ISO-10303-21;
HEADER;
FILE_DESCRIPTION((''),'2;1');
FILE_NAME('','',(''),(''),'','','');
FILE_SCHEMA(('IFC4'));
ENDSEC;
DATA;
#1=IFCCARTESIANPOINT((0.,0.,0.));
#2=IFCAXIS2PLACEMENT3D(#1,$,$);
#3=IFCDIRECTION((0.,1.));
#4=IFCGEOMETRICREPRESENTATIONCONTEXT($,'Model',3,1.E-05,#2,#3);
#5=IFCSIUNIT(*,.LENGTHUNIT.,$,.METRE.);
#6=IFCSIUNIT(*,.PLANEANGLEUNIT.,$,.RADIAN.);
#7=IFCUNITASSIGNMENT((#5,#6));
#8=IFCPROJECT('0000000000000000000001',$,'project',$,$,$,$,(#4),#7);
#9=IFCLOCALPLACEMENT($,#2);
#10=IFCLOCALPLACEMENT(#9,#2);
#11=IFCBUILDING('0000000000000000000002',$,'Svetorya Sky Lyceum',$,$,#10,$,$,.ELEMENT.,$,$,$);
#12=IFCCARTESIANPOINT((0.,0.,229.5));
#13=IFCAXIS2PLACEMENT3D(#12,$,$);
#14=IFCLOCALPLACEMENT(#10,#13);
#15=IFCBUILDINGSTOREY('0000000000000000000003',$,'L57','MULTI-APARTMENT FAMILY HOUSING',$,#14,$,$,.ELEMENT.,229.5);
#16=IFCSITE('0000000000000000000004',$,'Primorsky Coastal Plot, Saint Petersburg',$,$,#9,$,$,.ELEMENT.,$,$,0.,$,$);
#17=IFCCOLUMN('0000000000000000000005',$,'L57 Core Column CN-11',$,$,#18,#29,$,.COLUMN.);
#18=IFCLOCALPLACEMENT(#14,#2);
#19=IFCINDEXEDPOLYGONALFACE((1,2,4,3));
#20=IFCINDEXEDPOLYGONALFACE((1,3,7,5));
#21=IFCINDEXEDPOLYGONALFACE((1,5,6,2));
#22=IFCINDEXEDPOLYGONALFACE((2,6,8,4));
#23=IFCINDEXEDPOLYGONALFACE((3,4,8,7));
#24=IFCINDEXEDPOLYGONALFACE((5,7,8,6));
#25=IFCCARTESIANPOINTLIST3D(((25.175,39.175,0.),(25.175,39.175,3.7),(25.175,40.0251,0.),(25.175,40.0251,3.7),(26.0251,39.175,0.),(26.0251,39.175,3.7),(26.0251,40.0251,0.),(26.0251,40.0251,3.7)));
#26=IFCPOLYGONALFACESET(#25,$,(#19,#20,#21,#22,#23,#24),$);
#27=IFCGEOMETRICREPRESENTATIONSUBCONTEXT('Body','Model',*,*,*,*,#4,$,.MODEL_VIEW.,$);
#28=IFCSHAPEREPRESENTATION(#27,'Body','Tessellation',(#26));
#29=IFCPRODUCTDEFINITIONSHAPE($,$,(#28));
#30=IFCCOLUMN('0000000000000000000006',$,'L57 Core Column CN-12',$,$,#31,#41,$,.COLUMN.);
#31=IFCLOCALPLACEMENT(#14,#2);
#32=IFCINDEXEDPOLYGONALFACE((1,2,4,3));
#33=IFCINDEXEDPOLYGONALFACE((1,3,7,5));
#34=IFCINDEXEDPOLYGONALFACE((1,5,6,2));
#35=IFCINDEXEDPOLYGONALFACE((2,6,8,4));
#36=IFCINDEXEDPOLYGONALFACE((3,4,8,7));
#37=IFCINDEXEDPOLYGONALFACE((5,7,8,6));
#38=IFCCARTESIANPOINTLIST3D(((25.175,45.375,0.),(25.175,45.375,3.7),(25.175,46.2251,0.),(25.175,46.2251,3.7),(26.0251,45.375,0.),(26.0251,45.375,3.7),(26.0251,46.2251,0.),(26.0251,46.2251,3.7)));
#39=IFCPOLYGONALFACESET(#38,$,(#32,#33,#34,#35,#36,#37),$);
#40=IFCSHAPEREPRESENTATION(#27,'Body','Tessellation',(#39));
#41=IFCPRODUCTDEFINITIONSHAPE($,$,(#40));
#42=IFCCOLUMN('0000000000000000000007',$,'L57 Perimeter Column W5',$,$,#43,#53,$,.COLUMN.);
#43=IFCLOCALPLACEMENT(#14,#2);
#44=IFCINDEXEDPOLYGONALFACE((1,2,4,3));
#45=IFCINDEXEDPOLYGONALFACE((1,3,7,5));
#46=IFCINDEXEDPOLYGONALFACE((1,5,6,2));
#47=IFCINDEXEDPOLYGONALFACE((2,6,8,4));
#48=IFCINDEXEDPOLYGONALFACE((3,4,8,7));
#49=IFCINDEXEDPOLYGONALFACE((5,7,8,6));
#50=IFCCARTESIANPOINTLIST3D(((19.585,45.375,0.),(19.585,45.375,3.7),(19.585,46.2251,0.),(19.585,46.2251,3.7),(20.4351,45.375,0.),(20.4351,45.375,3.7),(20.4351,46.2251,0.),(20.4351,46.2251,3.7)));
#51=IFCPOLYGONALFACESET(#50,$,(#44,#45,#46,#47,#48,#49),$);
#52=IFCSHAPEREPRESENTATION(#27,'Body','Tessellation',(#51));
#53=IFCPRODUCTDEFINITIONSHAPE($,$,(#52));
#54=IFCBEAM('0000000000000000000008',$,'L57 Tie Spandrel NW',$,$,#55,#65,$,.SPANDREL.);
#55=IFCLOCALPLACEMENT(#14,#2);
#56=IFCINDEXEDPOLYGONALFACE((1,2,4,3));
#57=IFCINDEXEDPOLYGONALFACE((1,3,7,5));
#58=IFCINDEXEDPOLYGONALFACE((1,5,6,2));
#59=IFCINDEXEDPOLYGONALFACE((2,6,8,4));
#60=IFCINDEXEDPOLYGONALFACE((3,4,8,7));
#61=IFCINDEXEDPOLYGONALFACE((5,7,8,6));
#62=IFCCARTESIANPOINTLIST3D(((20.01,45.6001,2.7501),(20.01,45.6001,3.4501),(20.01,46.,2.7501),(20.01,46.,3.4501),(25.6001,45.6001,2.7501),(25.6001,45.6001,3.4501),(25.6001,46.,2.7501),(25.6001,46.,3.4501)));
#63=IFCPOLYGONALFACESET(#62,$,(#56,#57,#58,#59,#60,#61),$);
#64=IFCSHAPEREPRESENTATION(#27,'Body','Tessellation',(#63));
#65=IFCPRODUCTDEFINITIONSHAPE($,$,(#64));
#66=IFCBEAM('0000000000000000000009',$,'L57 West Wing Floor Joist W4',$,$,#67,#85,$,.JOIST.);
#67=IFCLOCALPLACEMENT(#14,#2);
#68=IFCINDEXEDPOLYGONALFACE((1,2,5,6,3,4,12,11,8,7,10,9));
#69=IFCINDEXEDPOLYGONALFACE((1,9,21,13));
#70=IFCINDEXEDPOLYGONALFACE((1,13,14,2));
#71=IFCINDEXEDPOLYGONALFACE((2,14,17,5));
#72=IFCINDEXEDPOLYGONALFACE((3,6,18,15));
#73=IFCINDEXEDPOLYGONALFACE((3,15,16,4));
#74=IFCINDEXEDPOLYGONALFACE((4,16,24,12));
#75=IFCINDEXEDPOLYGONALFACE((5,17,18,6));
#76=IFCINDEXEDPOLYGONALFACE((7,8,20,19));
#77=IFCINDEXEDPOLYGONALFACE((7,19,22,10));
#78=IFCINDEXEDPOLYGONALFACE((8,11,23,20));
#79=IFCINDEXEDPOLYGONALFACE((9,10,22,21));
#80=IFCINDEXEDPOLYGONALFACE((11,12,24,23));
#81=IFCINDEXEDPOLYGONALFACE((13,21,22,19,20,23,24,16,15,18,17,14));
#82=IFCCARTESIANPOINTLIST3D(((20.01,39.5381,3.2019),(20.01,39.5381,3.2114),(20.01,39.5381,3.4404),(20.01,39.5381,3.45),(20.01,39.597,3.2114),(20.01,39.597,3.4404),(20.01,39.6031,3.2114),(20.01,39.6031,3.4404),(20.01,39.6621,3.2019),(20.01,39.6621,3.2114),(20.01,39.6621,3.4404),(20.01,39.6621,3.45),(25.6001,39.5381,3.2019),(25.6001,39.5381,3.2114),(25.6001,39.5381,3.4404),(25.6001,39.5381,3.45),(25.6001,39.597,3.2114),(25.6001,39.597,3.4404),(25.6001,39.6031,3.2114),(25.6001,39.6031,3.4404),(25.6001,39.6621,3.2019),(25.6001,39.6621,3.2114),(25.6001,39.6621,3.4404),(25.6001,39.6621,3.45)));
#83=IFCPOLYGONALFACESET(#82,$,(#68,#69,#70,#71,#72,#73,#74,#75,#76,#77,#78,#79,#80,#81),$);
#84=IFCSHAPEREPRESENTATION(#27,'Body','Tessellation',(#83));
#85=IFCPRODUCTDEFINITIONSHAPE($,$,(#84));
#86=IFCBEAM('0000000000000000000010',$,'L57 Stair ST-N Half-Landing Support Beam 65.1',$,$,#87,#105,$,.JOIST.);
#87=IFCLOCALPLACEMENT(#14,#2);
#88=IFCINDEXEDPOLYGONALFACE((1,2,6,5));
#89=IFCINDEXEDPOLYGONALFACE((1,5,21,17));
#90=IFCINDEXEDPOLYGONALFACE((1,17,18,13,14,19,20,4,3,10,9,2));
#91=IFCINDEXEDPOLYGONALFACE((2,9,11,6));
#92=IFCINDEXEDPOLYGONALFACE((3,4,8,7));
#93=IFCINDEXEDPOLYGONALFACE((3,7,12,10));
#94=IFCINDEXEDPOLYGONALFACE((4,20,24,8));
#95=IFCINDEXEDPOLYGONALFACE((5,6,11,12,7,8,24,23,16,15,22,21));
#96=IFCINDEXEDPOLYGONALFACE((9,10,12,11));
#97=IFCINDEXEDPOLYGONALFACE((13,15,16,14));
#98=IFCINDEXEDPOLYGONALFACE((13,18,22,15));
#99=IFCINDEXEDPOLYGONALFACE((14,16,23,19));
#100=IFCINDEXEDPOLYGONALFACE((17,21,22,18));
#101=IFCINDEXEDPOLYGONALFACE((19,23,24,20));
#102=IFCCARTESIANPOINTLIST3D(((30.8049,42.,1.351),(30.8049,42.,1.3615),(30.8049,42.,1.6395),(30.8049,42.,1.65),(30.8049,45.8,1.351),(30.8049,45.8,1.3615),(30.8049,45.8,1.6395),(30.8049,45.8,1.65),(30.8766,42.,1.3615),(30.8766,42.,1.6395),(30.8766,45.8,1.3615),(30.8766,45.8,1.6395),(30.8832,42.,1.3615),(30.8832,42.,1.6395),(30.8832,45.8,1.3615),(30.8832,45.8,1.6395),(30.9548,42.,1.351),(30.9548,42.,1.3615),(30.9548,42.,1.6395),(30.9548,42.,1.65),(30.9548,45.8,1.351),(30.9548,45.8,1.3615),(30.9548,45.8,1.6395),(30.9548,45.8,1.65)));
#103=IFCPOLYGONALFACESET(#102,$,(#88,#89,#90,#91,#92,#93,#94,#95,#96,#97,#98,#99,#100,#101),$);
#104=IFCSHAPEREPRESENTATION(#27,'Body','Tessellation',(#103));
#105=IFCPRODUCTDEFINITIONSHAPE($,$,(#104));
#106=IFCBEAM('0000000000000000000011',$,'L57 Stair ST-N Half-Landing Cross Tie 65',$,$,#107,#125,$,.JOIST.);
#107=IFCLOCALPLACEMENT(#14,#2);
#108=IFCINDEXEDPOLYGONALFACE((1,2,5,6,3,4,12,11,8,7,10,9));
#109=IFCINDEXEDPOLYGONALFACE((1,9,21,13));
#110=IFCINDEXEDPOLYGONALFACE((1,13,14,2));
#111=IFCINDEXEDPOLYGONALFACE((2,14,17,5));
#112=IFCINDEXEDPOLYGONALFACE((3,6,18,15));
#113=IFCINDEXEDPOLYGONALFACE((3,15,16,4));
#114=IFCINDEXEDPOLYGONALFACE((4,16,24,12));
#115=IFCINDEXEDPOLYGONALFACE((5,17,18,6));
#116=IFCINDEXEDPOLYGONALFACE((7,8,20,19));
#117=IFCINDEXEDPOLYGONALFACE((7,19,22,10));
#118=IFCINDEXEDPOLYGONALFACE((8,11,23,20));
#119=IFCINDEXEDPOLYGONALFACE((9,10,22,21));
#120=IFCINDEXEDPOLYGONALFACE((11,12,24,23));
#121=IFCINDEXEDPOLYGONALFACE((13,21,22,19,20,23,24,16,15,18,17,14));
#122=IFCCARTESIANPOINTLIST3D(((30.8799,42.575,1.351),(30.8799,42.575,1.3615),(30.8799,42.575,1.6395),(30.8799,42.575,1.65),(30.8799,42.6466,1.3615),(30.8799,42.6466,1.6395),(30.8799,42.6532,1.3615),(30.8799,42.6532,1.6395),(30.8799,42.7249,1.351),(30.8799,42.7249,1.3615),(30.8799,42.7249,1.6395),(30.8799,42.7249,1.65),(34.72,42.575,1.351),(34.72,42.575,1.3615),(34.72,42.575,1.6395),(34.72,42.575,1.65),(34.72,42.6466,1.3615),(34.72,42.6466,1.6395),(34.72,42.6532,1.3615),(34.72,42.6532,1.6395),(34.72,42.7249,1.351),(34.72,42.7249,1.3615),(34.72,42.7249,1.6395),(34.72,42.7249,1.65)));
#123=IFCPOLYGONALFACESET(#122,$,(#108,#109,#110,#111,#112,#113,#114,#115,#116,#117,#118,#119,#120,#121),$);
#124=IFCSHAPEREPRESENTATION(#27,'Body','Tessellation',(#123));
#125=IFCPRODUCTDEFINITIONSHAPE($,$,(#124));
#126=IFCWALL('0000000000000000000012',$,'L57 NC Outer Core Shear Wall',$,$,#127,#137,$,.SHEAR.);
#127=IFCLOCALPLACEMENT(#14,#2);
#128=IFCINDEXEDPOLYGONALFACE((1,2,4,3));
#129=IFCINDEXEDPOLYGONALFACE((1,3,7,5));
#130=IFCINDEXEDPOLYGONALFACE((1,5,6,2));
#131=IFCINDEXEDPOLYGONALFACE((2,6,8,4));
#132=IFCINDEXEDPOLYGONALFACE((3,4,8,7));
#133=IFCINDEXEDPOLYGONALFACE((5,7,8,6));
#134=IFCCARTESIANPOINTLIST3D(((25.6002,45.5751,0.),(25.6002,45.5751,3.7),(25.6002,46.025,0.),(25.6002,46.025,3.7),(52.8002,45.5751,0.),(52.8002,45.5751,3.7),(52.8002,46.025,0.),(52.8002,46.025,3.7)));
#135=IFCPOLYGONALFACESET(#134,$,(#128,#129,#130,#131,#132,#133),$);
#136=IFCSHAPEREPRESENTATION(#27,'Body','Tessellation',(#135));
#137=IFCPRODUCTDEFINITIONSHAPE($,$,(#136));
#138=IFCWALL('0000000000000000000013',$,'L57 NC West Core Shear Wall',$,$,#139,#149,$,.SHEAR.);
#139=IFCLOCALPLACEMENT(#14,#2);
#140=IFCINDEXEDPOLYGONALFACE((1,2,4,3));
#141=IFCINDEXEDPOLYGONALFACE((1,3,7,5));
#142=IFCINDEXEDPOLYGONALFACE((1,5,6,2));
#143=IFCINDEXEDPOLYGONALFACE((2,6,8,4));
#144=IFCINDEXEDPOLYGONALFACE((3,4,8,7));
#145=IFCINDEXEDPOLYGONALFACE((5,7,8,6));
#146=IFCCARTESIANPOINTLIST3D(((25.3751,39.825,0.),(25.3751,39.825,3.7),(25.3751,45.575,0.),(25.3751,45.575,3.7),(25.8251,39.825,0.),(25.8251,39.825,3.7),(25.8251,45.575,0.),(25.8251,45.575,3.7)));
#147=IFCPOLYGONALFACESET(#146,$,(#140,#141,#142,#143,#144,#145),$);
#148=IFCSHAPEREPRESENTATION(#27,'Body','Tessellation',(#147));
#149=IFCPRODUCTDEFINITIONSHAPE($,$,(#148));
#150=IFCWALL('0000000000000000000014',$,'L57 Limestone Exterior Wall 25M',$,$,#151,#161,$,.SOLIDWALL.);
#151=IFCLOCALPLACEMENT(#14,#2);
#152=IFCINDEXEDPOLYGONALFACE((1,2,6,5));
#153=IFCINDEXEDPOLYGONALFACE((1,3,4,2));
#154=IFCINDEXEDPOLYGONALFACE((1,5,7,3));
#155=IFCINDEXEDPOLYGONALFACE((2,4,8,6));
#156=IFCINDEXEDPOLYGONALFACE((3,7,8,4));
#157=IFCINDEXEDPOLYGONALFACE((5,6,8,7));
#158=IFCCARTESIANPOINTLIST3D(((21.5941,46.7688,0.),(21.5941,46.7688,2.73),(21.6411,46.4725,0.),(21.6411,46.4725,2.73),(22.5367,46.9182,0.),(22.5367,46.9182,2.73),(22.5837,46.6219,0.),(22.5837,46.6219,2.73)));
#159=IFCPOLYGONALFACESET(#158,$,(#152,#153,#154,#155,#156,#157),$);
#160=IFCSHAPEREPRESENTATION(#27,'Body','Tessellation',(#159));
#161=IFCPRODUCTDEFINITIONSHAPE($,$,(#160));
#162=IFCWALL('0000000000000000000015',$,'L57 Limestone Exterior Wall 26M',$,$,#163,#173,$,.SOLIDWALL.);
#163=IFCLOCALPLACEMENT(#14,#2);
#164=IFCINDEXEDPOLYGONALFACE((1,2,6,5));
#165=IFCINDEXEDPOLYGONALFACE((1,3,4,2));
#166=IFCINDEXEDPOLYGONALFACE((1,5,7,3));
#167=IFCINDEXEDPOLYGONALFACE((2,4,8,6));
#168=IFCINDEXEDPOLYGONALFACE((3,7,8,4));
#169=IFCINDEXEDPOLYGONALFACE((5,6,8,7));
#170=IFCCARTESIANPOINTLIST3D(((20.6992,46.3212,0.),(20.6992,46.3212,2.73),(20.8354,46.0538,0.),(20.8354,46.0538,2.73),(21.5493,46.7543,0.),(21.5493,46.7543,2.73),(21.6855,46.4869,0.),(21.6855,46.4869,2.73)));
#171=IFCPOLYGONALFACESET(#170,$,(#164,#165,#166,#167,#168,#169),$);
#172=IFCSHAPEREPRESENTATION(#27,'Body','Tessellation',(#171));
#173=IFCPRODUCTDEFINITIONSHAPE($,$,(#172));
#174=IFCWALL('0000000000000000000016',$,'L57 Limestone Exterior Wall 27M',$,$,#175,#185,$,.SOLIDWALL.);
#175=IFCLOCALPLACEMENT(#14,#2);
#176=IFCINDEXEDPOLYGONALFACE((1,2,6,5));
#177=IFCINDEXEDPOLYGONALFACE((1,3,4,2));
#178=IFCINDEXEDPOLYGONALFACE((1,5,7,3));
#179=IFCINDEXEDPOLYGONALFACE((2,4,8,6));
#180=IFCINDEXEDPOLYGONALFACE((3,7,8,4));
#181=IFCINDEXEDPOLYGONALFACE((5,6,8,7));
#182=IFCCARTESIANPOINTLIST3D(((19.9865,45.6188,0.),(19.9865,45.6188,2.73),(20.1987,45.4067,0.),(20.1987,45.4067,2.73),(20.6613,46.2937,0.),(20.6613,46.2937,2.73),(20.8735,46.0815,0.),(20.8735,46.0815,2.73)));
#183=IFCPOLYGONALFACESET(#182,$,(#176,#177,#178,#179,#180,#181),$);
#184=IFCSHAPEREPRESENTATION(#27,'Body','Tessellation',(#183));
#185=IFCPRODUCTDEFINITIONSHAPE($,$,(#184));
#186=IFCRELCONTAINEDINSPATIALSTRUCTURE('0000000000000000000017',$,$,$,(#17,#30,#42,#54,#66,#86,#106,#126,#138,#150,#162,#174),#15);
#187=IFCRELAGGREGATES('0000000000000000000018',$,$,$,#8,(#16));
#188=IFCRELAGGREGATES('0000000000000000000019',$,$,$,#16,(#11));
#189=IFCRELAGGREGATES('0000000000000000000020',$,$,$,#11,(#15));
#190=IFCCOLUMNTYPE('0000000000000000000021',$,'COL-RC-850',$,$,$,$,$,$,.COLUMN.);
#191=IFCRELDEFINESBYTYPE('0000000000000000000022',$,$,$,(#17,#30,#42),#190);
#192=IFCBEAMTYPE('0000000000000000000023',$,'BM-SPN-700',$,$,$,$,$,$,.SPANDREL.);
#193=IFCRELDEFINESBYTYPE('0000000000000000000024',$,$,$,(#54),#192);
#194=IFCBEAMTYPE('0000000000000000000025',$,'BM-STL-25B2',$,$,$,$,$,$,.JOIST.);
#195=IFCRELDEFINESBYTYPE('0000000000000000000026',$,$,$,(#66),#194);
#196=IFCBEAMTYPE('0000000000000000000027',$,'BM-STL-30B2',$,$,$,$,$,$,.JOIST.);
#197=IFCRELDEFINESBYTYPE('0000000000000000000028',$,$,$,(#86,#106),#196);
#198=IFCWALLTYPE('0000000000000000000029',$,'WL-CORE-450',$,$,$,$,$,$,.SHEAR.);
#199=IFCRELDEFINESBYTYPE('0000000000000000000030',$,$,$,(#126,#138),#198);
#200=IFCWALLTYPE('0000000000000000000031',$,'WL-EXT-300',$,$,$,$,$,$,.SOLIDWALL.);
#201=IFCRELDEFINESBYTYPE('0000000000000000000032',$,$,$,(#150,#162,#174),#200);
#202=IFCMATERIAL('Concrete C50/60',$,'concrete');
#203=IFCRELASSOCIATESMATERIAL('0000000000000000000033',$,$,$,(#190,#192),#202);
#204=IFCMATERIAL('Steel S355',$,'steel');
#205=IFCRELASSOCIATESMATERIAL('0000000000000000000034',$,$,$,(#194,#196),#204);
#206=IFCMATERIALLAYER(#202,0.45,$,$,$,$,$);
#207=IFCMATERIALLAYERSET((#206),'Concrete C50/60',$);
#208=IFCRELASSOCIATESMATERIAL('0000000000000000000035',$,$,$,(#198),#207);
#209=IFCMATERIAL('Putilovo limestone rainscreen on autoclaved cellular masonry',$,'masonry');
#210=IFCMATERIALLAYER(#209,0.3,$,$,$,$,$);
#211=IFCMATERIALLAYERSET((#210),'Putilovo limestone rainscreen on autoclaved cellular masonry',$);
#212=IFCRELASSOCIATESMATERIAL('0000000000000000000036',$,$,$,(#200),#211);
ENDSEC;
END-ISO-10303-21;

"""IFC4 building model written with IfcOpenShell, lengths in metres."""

from ifc_helpers import new_model, si_unit, direction, frame, frame_2d, origin, origin_2d, place, context, subcontext, project, spatial, rectangle, i_section, extrude, material, layer, layer_set, material_profile, profile_set, type_object, element, save


model = new_model("IFC4")

# Units and contexts
model_context = context("Model", 3, precision=1e-05, world=origin(), true_north=direction((0.0, 1.0)))
body_context = subcontext(model_context, "Body", "Model", "MODEL_VIEW")
ifc_project = project(units=[si_unit("LENGTHUNIT", "METRE"), si_unit("PLANEANGLEUNIT", "RADIAN")], contexts=[model_context])

# Site, building, storey
site_placement = place(None, origin())
site = spatial("IfcSite", under=ifc_project, at=site_placement, Name="Primorsky Coastal Plot, Saint Petersburg", CompositionType="ELEMENT", RefElevation=0.0)
building_placement = place(site_placement, origin())
building = spatial("IfcBuilding", under=site, at=building_placement, Name="Svetorya Sky Lyceum", CompositionType="ELEMENT")
storey_placement = place(building_placement, frame((0.0, 0.0, 229.5)))
storey = spatial("IfcBuildingStorey", under=building, at=storey_placement, Name="L57", Description="MULTI-APARTMENT FAMILY HOUSING", CompositionType="ELEMENT", Elevation=229.5)

# Columns
ifc_material_1 = material(Name="Concrete C50/60", Category="concrete")
ifc_material_profile_1 = material_profile(ifc_material_1, rectangle(XDim=0.8501, YDim=0.8501, at=origin_2d()), Name="RC COL 850x850")
ifc_profile_set_1 = profile_set([ifc_material_profile_1], Name="Concrete C50/60")
column_type = type_object("IfcColumnType", Name="COL-RC-850", PredefinedType="COLUMN", material=ifc_profile_set_1)
for number, where, z_axis, x_axis, name in (
    (1, (25.6001, 39.6001, 0.0), (0.0, 0.0, 1.0), (1.0, 0.0, 0.0), "L57 Core Column CN-11"),
    (2, (25.6001, 45.8, 0.0), (0.0, 0.0, 1.0), (1.0, 0.0, 0.0), "L57 Core Column CN-12"),
    (3, (20.01, 45.8, 0.0), (0.0, 0.0, 1.0), (1.0, 0.0, 0.0), "L57 Perimeter Column W5"),
):
    element("IfcColumn", number, at=place(storey_placement, frame(where, z_axis=z_axis, x_axis=x_axis)), inside=storey, type_object=column_type, Name=name, PredefinedType="COLUMN", context=body_context, shape_type="SweptSolid", body=[
        extrude(rectangle(XDim=0.8501, YDim=0.8501, at=origin_2d()), origin(), (0.0, 0.0, 1.0), 3.7),
    ])

# Beams
ifc_material_profile_2 = material_profile(ifc_material_1, rectangle(XDim=0.3999, YDim=0.7, at=origin_2d()), Name="RC SPANDREL 400x700")
ifc_profile_set_2 = profile_set([ifc_material_profile_2], Name="Concrete C50/60")
beam_type_1 = type_object("IfcBeamType", Name="BM-SPN-700", PredefinedType="SPANDREL", material=ifc_profile_set_2)
beam_1_placement = place(storey_placement, frame((20.01, 45.8, 3.1001), z_axis=(1.0, 0.0, 0.0), x_axis=(0.0, 1.0, 0.0)))
element("IfcBeam", 4, at=beam_1_placement, inside=storey, type_object=beam_type_1, Name="L57 Tie Spandrel NW", PredefinedType="SPANDREL", context=body_context, shape_type="SweptSolid", body=[
    extrude(rectangle(XDim=0.3999, YDim=0.7, at=origin_2d()), origin(), (0.0, 0.0, 1.0), 5.5901),
])
ifc_material_2 = material(Name="Steel S355", Category="steel")
ifc_material_profile_3 = material_profile(ifc_material_2, i_section(OverallWidth=0.124, OverallDepth=0.248, WebThickness=0.0061, FlangeThickness=0.0095, at=origin_2d()), Name="GOST 25B2")
ifc_profile_set_3 = profile_set([ifc_material_profile_3], Name="Steel S355")
beam_type_2 = type_object("IfcBeamType", Name="BM-STL-25B2", PredefinedType="JOIST", material=ifc_profile_set_3)
beam_2_placement = place(storey_placement, frame((20.01, 39.6001, 3.3259), z_axis=(1.0, 0.0, 0.0), x_axis=(0.0, 1.0, 0.0)))
element("IfcBeam", 5, at=beam_2_placement, inside=storey, type_object=beam_type_2, Name="L57 West Wing Floor Joist W4", PredefinedType="JOIST", context=body_context, shape_type="SweptSolid", body=[
    extrude(i_section(OverallWidth=0.124, OverallDepth=0.248, WebThickness=0.0061, FlangeThickness=0.0095, at=origin_2d()), origin(), (0.0, 0.0, 1.0), 5.5901),
])
ifc_material_profile_4 = material_profile(ifc_material_2, i_section(OverallWidth=0.1499, OverallDepth=0.2991, WebThickness=0.0066, FlangeThickness=0.0105, at=origin_2d()), Name="GOST 30B2")
ifc_profile_set_4 = profile_set([ifc_material_profile_4], Name="Steel S355")
beam_type_3 = type_object("IfcBeamType", Name="BM-STL-30B2", PredefinedType="JOIST", material=ifc_profile_set_4)
beam_3_placement = place(storey_placement, frame((30.8799, 42.0, 1.5005), z_axis=(0.0, 1.0, 0.0), x_axis=(-1.0, 0.0, 0.0)))
element("IfcBeam", 6, at=beam_3_placement, inside=storey, type_object=beam_type_3, Name="L57 Stair ST-N Half-Landing Support Beam 65.1", PredefinedType="JOIST", context=body_context, shape_type="SweptSolid", body=[
    extrude(i_section(OverallWidth=0.1499, OverallDepth=0.2991, WebThickness=0.0066, FlangeThickness=0.0105, at=origin_2d()), origin(), (0.0, 0.0, 1.0), 3.8),
])
beam_4_placement = place(storey_placement, frame((30.8799, 42.6499, 1.5005), z_axis=(1.0, 0.0, 0.0), x_axis=(0.0, 1.0, 0.0)))
element("IfcBeam", 7, at=beam_4_placement, inside=storey, type_object=beam_type_3, Name="L57 Stair ST-N Half-Landing Cross Tie 65", PredefinedType="JOIST", context=body_context, shape_type="SweptSolid", body=[
    extrude(i_section(OverallWidth=0.1499, OverallDepth=0.2991, WebThickness=0.0066, FlangeThickness=0.0105, at=origin_2d()), origin(), (0.0, 0.0, 1.0), 3.8401),
])

# Walls
ifc_layer_1 = layer(ifc_material_1, 0.45)
ifc_layer_set_1 = layer_set([ifc_layer_1], Name="Concrete C50/60")
wall_type_1 = type_object("IfcWallType", Name="WL-CORE-450", PredefinedType="SHEAR", material=ifc_layer_set_1)
wall_1_placement = place(storey_placement, frame((25.6001, 45.8, 0.0), z_axis=(0.0, 0.0, 1.0), x_axis=(1.0, 0.0, 0.0)))
element("IfcWall", 8, at=wall_1_placement, inside=storey, type_object=wall_type_1, Name="L57 NC Outer Core Shear Wall", PredefinedType="SHEAR", context=body_context, shape_type="SweptSolid", body=[
    extrude(rectangle(XDim=27.2, YDim=0.45, at=frame_2d((13.6001, 0.0))), origin(), (0.0, 0.0, 1.0), 3.7),
])
wall_2_placement = place(storey_placement, frame((25.6001, 39.825, 0.0), z_axis=(0.0, 0.0, 1.0), x_axis=(0.0, 1.0, 0.0)))
element("IfcWall", 9, at=wall_2_placement, inside=storey, type_object=wall_type_1, Name="L57 NC West Core Shear Wall", PredefinedType="SHEAR", context=body_context, shape_type="SweptSolid", body=[
    extrude(rectangle(XDim=5.75, YDim=0.45, at=frame_2d((2.875, 0.0))), origin(), (0.0, 0.0, 1.0), 3.7),
])
ifc_material_3 = material(Name="Putilovo limestone rainscreen on autoclaved cellular masonry", Category="masonry")
ifc_layer_2 = layer(ifc_material_3, 0.3)
ifc_layer_set_2 = layer_set([ifc_layer_2], Name="Putilovo limestone rainscreen on autoclaved cellular masonry")
wall_type_2 = type_object("IfcWallType", Name="WL-EXT-300", PredefinedType="SOLIDWALL", material=ifc_layer_set_2)
wall_3_placement = place(storey_placement, frame((22.5601, 46.77, 0.0), z_axis=(0.0, 0.0, 1.0), x_axis=(-0.987669, -0.156554, 0.0)))
element("IfcWall", 10, at=wall_3_placement, inside=storey, type_object=wall_type_2, Name="L57 Limestone Exterior Wall 25M", PredefinedType="SOLIDWALL", context=body_context, shape_type="SweptSolid", body=[
    extrude(rectangle(XDim=0.9543, YDim=0.3, at=frame_2d((0.4771, 0.0))), origin(), (0.0, 0.0, 1.0), 2.73),
])
wall_4_placement = place(storey_placement, frame((21.6174, 46.6206, 0.0), z_axis=(0.0, 0.0, 1.0), x_axis=(-0.891024, -0.453956, 0.0)))
element("IfcWall", 11, at=wall_4_placement, inside=storey, type_object=wall_type_2, Name="L57 Limestone Exterior Wall 26M", PredefinedType="SOLIDWALL", context=body_context, shape_type="SweptSolid", body=[
    extrude(rectangle(XDim=0.9541, YDim=0.3, at=frame_2d((0.4771, 0.0))), origin(), (0.0, 0.0, 1.0), 2.73),
])
wall_5_placement = place(storey_placement, frame((20.7673, 46.1875, 0.0), z_axis=(0.0, 0.0, 1.0), x_axis=(-0.707107, -0.707107, 0.0)))
element("IfcWall", 12, at=wall_5_placement, inside=storey, type_object=wall_type_2, Name="L57 Limestone Exterior Wall 27M", PredefinedType="SOLIDWALL", context=body_context, shape_type="SweptSolid", body=[
    extrude(rectangle(XDim=0.9543, YDim=0.3, at=frame_2d((0.4771, 0.0))), origin(), (0.0, 0.0, 1.0), 2.73),
])

save(model, "model.ifc")
